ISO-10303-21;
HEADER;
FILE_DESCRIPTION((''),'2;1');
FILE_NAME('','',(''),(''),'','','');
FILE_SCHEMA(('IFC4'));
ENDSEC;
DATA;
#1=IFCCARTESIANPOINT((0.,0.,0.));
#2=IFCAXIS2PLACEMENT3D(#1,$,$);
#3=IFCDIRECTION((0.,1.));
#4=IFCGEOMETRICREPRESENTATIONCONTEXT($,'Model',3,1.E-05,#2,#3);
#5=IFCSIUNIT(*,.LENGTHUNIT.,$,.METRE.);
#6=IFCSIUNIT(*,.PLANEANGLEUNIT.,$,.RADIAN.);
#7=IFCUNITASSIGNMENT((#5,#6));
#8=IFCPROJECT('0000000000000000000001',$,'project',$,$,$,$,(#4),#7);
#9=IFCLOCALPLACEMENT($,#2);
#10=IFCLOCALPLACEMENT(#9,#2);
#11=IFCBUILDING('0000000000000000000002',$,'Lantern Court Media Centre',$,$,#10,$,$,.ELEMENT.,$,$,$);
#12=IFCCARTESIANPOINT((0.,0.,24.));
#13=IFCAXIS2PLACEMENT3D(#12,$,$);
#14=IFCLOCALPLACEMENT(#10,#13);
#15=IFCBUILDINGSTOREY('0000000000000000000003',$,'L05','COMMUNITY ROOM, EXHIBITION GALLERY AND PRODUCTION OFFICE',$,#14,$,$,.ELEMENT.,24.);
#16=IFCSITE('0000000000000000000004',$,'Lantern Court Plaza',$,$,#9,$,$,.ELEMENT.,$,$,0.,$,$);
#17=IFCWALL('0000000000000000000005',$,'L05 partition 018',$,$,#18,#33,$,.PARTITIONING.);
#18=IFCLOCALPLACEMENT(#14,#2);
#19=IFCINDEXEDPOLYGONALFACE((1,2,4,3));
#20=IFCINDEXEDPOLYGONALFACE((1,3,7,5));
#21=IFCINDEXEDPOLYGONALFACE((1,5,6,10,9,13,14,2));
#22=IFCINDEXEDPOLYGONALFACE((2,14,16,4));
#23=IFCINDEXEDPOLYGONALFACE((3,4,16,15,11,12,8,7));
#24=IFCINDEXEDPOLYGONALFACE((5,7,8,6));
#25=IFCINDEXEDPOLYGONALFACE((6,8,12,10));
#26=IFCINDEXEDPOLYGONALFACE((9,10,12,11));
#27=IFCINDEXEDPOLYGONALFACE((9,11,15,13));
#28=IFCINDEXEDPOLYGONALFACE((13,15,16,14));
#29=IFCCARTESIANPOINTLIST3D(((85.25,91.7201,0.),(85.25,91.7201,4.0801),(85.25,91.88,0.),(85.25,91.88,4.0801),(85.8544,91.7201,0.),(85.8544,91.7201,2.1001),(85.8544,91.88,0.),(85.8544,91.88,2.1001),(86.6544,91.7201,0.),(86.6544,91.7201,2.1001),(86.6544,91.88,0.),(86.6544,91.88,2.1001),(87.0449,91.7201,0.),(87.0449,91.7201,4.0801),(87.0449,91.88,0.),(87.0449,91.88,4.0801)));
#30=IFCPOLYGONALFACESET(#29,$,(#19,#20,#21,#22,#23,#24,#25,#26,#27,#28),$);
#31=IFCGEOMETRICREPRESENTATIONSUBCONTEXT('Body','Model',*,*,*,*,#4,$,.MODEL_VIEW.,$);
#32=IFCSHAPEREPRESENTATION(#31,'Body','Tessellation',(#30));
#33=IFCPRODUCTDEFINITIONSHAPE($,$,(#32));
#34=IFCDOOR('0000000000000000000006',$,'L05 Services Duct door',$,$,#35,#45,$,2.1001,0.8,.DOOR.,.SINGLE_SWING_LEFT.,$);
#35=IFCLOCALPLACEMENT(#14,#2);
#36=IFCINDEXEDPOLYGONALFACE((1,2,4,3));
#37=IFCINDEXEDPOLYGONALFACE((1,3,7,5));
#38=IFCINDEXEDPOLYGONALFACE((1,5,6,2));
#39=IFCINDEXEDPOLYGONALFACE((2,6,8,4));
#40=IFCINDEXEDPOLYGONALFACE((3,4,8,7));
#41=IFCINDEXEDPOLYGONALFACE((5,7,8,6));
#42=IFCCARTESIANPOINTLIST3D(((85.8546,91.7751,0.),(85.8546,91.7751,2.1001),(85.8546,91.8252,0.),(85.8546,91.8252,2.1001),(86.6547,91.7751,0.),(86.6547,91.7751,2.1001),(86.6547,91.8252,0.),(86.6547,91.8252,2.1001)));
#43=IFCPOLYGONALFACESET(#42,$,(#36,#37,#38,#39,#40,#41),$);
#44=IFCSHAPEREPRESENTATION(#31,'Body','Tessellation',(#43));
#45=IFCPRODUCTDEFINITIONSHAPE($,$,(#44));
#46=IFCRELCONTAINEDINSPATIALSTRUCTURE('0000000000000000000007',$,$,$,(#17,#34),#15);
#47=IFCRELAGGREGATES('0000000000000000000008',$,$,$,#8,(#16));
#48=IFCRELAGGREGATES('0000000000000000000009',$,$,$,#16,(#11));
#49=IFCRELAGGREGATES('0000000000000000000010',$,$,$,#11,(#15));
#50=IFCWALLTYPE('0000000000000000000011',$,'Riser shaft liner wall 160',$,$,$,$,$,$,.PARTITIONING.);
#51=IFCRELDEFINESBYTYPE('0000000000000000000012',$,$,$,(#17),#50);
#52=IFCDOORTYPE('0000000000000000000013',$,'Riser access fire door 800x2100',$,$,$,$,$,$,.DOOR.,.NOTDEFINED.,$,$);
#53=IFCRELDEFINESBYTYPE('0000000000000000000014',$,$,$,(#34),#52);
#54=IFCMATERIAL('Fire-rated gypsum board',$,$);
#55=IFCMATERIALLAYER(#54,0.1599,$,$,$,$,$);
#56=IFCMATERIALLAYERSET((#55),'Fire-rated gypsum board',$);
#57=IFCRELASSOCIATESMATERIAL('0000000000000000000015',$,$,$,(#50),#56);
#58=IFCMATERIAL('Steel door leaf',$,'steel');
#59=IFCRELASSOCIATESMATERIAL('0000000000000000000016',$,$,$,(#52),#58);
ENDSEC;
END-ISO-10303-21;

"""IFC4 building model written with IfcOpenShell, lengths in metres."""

from ifc_helpers import new_model, si_unit, direction, frame, frame_2d, origin, place, context, subcontext, project, spatial, rectangle, extrude, material, layer, layer_set, type_object, element, fill, save


model = new_model("IFC4")

# Units and contexts
model_context = context("Model", 3, precision=1e-05, world=origin(), true_north=direction((0.0, 1.0)))
body_context = subcontext(model_context, "Body", "Model", "MODEL_VIEW")
ifc_project = project(units=[si_unit("LENGTHUNIT", "METRE"), si_unit("PLANEANGLEUNIT", "RADIAN")], contexts=[model_context])

# Site, building, storey
site_placement = place(None, origin())
site = spatial("IfcSite", under=ifc_project, at=site_placement, Name="Lantern Court Plaza", CompositionType="ELEMENT", RefElevation=0.0)
building_placement = place(site_placement, origin())
building = spatial("IfcBuilding", under=site, at=building_placement, Name="Lantern Court Media Centre", CompositionType="ELEMENT")
storey_placement = place(building_placement, frame((0.0, 0.0, 24.0)))
storey = spatial("IfcBuildingStorey", under=building, at=storey_placement, Name="L05", Description="COMMUNITY ROOM, EXHIBITION GALLERY AND PRODUCTION OFFICE", CompositionType="ELEMENT", Elevation=24.0)

# Wall, opening, door
ifc_material_1 = material(Name="Fire-rated gypsum board")
ifc_layer_1 = layer(ifc_material_1, 0.1599)
ifc_layer_set_1 = layer_set([ifc_layer_1], Name="Fire-rated gypsum board")
wall_type_1 = type_object("IfcWallType", Name="Riser shaft liner wall 160", PredefinedType="PARTITIONING", material=ifc_layer_set_1)
wall_1_placement = place(storey_placement, frame((85.25, 91.8, 0.0), z_axis=(0.0, 0.0, 1.0), x_axis=(1.0, 0.0, 0.0)))
wall_1 = element("IfcWall", 1, at=wall_1_placement, inside=storey, type_object=wall_type_1, Name="L05 partition 018", PredefinedType="PARTITIONING", context=body_context, shape_type="SweptSolid", body=[
    extrude(rectangle(XDim=1.7949, YDim=0.1599, at=frame_2d((0.8975, 0.0))), origin(), (0.0, 0.0, 1.0), 4.0801),
])
opening_1_placement = place(wall_1_placement, frame((0.6045, 0.0, 0.0)))
opening_1 = element("IfcOpeningElement", 2, at=opening_1_placement, cuts=wall_1, PredefinedType="OPENING", context=body_context, shape_type="SweptSolid", body=[
    extrude(rectangle(XDim=0.8, YDim=2.1001, at=frame_2d((0.3999, 1.05))), frame((0.0, 0.0898, 0.0), z_axis=(0.0, -1.0, 0.0), x_axis=(1.0, 0.0, 0.0)), (0.0, 0.0, 1.0), 0.1799),
])
ifc_material_2 = material(Name="Steel door leaf", Category="steel")
door_type_1 = type_object("IfcDoorType", Name="Riser access fire door 800x2100", OperationType="NOTDEFINED", PredefinedType="DOOR", material=ifc_material_2)
door_1_placement = place(opening_1_placement, frame((0.8, 0.0, 0.0), z_axis=(0.0, 0.0, 1.0), x_axis=(-1.0, 0.0, 0.0)))
door_1 = element("IfcDoor", 3, at=door_1_placement, inside=storey, type_object=door_type_1, Name="L05 Services Duct door", OperationType="SINGLE_SWING_LEFT", OverallHeight=2.1001, OverallWidth=0.8, PredefinedType="DOOR", context=body_context, shape_type="SweptSolid", body=[
    extrude(rectangle(XDim=0.8, YDim=2.1001, at=frame_2d((0.3999, 1.05))), frame((0.0, 0.0249, 0.0), z_axis=(0.0, -1.0, 0.0), x_axis=(1.0, 0.0, 0.0)), (0.0, 0.0, 1.0), 0.05),
])
fill(opening_1, door_1)

save(model, "model.ifc")
